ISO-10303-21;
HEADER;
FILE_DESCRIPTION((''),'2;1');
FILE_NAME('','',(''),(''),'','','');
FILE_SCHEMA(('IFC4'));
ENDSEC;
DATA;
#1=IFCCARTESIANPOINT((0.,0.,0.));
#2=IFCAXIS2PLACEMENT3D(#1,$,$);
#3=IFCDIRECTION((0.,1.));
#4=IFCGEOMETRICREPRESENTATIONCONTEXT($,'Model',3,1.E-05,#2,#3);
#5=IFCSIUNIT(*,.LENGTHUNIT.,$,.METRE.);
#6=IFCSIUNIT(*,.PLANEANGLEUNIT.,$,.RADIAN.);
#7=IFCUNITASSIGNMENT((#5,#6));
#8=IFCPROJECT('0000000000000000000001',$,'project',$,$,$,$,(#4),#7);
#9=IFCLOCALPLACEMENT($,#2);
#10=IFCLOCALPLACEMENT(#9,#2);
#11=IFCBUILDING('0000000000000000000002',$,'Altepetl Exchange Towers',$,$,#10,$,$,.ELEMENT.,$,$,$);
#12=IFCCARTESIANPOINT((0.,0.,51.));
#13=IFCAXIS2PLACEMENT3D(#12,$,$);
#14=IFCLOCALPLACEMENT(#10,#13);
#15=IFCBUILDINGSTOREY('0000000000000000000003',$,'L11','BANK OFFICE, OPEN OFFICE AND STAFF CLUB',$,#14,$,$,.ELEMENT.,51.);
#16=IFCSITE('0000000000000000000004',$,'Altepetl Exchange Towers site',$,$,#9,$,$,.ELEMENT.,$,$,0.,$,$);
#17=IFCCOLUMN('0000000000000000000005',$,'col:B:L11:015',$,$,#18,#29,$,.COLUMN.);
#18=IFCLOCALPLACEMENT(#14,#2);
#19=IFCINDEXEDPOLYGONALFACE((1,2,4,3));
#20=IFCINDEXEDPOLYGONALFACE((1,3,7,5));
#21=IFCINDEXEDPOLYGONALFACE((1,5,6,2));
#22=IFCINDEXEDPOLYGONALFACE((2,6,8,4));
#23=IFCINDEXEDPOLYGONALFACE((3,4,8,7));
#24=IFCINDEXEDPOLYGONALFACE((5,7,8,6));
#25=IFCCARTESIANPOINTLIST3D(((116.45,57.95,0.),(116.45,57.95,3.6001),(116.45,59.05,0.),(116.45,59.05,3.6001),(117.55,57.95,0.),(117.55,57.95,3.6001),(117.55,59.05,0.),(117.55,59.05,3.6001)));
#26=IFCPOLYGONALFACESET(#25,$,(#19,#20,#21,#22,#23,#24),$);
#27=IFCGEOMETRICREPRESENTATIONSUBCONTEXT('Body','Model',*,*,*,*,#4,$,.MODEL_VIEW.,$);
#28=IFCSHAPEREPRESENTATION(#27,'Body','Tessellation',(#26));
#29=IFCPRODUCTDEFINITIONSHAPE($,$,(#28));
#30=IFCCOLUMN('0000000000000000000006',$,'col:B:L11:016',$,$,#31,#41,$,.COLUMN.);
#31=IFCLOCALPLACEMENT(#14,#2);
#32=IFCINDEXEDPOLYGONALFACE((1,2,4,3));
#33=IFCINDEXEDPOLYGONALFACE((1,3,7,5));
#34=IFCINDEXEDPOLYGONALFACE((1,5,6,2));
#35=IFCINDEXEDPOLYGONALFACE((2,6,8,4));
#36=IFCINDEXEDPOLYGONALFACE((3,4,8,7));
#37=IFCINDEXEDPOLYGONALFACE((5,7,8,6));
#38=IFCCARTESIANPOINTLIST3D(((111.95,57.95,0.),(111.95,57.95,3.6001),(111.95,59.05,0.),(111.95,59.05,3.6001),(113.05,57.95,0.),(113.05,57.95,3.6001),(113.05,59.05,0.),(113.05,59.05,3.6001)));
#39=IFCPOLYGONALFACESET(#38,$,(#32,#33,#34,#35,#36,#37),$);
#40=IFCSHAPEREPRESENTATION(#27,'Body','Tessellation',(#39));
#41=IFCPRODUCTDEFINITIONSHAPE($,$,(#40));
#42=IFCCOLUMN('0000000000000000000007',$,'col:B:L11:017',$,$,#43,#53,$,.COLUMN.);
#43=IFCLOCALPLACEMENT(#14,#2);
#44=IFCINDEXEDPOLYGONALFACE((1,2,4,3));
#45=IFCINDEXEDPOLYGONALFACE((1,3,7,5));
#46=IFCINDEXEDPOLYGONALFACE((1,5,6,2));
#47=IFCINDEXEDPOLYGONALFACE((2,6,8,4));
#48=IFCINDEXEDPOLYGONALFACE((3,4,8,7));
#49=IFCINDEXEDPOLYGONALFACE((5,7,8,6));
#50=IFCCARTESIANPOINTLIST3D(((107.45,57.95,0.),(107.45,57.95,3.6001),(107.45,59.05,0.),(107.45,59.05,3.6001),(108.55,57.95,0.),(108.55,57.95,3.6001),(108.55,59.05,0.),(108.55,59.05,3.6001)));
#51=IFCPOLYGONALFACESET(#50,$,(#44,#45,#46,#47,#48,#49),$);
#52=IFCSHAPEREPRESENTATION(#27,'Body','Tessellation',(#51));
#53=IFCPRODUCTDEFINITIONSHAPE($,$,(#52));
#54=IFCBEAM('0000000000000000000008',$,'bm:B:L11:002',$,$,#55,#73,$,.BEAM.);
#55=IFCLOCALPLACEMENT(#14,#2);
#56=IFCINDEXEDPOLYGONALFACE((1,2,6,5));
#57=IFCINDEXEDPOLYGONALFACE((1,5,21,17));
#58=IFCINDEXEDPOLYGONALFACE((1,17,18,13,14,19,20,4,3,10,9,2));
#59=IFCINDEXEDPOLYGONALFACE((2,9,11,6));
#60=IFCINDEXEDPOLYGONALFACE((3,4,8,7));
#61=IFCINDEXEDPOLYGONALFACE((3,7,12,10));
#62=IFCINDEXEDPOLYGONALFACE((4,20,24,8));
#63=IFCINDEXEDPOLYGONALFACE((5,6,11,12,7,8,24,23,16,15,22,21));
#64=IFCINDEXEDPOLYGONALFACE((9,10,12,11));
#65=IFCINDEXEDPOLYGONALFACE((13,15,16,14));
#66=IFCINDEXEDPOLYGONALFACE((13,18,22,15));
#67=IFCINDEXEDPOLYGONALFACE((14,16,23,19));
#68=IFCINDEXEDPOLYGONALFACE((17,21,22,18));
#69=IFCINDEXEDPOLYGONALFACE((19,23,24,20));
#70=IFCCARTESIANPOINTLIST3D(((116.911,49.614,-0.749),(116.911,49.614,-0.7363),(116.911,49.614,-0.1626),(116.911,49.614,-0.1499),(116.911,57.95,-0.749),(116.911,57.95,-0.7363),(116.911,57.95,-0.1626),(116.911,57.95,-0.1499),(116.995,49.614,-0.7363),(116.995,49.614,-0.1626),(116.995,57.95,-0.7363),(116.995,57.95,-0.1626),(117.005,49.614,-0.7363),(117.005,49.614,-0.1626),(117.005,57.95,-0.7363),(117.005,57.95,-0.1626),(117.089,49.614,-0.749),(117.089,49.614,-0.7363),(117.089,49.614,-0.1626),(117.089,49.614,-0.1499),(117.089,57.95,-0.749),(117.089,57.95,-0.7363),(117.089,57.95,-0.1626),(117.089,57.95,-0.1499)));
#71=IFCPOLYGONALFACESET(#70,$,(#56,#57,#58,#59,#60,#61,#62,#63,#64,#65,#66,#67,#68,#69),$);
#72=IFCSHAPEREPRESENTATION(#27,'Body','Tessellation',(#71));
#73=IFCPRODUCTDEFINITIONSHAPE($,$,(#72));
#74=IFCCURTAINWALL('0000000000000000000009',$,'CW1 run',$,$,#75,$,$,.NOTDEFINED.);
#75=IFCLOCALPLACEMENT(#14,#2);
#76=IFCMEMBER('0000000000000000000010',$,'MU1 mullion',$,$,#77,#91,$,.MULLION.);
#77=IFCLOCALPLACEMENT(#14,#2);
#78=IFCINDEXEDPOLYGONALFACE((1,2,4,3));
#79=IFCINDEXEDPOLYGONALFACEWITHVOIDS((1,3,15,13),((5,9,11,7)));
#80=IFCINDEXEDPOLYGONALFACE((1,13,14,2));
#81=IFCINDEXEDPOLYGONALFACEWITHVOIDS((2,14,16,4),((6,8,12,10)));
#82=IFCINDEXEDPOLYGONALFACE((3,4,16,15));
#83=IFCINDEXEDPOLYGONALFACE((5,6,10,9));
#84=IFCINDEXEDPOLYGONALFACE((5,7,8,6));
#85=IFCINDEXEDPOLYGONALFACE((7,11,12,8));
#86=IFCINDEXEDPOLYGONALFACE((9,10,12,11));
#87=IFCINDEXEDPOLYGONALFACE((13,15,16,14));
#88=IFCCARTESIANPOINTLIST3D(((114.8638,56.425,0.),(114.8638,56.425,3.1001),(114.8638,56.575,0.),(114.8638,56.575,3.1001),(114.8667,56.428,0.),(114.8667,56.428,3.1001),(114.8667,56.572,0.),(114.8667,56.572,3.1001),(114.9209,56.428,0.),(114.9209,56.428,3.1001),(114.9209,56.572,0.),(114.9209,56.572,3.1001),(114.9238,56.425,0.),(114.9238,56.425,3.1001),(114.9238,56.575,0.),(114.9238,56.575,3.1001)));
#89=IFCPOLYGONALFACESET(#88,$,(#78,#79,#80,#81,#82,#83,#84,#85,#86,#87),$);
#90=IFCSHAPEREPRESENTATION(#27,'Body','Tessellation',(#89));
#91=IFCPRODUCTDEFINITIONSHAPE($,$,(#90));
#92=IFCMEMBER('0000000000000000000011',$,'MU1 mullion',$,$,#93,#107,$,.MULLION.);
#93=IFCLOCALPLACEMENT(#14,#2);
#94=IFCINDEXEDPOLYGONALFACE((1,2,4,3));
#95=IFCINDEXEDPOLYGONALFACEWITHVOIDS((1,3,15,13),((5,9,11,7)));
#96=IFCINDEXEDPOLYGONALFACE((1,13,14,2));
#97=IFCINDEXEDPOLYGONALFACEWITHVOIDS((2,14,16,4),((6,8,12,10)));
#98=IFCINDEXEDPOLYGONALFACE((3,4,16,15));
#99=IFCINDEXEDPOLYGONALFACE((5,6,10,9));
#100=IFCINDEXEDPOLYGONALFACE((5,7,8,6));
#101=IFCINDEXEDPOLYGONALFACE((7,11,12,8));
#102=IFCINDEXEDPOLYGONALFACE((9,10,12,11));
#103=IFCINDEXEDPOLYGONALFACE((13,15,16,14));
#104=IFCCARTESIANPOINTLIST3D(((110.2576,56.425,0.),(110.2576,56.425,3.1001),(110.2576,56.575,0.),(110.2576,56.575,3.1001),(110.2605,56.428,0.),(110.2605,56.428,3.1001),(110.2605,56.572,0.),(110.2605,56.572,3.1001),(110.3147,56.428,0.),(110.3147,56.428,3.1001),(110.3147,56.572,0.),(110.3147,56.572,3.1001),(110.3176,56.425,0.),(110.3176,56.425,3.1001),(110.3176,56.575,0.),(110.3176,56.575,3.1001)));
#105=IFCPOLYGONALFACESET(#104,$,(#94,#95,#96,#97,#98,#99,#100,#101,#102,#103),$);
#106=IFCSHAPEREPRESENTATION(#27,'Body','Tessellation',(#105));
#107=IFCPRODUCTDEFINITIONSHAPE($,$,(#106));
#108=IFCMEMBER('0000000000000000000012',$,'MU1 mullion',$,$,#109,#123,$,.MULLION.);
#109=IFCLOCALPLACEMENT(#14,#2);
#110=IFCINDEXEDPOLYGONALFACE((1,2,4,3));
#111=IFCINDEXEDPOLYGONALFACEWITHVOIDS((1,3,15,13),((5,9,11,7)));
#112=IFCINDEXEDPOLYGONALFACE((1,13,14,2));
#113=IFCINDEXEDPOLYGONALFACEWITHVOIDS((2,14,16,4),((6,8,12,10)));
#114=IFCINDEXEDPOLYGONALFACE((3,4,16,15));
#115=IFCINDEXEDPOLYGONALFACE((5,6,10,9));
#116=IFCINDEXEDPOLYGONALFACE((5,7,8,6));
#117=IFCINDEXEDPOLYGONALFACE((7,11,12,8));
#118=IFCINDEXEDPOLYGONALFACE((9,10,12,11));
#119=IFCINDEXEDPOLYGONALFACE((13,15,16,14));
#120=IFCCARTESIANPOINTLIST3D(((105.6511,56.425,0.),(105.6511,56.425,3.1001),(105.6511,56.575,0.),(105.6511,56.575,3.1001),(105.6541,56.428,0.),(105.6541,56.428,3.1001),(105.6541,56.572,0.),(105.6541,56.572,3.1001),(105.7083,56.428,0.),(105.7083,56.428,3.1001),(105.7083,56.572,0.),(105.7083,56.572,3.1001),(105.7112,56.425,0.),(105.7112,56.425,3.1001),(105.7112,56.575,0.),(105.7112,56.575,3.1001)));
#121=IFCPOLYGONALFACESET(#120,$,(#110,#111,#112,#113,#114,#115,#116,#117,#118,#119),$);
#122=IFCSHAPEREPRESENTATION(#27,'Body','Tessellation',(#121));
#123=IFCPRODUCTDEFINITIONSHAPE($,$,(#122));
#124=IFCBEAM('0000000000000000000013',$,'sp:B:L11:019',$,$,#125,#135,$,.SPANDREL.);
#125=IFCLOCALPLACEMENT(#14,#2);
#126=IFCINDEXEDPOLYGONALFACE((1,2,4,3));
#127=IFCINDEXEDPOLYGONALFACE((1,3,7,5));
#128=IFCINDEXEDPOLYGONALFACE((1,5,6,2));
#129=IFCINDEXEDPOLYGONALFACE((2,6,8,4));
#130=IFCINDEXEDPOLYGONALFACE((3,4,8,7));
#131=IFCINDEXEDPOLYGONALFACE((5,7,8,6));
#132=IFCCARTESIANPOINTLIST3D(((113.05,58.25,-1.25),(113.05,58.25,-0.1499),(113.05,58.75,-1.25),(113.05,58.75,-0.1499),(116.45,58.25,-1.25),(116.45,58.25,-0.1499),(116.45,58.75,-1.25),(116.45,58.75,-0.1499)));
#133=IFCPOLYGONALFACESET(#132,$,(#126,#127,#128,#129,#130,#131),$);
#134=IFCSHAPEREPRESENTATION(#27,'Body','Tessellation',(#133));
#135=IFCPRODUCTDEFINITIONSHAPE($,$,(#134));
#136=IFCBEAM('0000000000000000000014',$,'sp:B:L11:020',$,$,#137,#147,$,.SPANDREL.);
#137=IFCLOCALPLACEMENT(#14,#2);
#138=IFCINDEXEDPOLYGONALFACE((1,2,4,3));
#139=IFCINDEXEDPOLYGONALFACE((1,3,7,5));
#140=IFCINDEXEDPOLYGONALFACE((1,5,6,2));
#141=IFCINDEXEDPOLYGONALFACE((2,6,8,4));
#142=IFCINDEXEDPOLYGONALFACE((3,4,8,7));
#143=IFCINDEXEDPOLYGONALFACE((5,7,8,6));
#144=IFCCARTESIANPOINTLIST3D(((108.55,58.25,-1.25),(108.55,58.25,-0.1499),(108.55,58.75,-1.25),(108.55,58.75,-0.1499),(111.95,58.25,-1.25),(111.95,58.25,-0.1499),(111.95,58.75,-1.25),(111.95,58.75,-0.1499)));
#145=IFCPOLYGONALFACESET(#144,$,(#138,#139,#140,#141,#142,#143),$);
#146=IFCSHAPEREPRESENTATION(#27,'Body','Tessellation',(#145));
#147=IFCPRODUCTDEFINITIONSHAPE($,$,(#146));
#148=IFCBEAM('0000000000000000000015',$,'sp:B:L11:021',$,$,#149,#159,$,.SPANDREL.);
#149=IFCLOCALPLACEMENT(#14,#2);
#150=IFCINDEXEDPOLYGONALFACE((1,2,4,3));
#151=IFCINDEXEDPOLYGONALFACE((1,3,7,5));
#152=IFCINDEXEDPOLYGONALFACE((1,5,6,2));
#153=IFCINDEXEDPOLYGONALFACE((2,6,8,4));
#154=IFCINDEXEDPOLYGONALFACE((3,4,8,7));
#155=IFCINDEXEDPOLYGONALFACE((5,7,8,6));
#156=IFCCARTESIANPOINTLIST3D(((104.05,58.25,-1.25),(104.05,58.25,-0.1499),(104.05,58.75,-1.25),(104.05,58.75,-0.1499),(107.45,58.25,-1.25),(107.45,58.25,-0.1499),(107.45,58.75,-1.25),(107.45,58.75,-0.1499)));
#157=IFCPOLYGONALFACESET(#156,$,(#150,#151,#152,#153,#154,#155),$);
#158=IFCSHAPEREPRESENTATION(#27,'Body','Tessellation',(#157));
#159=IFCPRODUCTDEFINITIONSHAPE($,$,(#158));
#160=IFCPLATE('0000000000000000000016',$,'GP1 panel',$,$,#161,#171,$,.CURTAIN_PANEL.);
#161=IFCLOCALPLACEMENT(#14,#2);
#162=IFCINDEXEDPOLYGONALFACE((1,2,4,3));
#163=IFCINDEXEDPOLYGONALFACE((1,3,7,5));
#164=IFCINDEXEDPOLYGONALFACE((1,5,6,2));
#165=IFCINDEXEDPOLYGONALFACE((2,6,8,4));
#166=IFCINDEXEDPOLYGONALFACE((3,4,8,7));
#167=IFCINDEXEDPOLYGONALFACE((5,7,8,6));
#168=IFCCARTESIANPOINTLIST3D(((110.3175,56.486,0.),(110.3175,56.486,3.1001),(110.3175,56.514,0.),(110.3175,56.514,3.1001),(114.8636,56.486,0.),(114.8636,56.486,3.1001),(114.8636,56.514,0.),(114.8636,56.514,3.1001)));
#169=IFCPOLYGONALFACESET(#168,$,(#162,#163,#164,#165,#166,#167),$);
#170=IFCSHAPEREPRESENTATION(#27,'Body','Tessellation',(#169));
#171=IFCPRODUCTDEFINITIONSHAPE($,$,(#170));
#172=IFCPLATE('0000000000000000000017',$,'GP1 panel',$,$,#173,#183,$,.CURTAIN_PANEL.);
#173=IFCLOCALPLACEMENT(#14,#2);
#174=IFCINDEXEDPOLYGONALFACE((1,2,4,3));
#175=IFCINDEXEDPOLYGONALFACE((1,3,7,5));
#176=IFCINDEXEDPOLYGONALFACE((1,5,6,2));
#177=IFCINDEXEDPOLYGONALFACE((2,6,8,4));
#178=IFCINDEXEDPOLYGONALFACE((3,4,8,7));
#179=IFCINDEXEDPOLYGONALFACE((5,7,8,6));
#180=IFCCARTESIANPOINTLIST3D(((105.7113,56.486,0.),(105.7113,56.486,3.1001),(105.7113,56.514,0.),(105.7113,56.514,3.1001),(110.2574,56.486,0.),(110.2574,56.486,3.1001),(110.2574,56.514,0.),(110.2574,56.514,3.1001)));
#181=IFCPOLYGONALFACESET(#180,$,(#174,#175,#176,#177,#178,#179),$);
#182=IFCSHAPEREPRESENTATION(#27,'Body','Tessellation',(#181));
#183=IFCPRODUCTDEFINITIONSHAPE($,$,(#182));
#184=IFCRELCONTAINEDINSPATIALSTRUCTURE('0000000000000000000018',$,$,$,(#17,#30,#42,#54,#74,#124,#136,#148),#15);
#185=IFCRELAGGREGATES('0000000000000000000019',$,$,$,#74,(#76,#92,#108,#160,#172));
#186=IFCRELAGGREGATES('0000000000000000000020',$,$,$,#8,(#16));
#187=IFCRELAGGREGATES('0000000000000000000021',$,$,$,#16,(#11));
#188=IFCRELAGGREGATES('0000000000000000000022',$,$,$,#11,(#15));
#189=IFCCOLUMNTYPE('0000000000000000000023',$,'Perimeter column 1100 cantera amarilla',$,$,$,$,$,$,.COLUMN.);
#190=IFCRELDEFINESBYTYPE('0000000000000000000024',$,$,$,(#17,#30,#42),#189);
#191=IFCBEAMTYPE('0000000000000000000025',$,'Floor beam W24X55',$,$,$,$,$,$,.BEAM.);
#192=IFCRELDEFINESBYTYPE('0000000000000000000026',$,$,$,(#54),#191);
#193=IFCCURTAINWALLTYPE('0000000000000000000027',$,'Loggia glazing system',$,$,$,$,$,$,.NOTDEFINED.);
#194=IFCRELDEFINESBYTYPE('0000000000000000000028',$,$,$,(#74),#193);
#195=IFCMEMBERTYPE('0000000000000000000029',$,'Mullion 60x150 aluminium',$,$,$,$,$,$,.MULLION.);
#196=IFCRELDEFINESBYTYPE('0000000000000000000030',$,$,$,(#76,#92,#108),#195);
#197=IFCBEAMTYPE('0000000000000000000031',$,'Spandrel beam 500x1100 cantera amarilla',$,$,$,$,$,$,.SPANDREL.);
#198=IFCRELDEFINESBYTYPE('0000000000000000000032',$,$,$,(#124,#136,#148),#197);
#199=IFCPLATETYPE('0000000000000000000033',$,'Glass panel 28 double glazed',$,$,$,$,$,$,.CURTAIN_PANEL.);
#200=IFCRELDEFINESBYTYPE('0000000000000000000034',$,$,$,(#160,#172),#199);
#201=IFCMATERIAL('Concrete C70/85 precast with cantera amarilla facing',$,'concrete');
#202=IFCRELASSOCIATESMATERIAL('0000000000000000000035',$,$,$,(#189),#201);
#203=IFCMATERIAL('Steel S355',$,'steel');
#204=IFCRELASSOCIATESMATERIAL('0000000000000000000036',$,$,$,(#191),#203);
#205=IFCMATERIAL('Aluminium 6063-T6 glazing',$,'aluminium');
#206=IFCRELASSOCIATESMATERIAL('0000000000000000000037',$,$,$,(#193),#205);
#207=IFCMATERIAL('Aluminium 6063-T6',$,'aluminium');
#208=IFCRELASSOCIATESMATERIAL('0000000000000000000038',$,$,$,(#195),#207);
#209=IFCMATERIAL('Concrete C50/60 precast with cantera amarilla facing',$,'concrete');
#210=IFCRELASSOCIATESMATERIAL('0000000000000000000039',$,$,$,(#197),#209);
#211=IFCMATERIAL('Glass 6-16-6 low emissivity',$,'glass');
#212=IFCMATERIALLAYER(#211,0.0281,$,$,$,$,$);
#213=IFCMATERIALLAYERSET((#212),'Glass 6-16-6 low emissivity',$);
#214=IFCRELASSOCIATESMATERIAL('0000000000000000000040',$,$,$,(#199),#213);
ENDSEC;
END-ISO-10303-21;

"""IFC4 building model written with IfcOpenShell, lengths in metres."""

from ifc_helpers import new_model, si_unit, direction, frame, origin, origin_2d, place, context, subcontext, project, spatial, rectangle, hollow_rectangle, i_section, extrude, material, layer, layer_set, material_profile, profile_set, type_object, element, aggregate, save


model = new_model("IFC4")

# Units and contexts
model_context = context("Model", 3, precision=1e-05, world=origin(), true_north=direction((0.0, 1.0)))
body_context = subcontext(model_context, "Body", "Model", "MODEL_VIEW")
ifc_project = project(units=[si_unit("LENGTHUNIT", "METRE"), si_unit("PLANEANGLEUNIT", "RADIAN")], contexts=[model_context])

# Site, building, storey
site_placement = place(None, origin())
site = spatial("IfcSite", under=ifc_project, at=site_placement, Name="Altepetl Exchange Towers site", CompositionType="ELEMENT", RefElevation=0.0)
building_placement = place(site_placement, origin())
building = spatial("IfcBuilding", under=site, at=building_placement, Name="Altepetl Exchange Towers", CompositionType="ELEMENT")
storey_placement = place(building_placement, frame((0.0, 0.0, 51.0)))
storey = spatial("IfcBuildingStorey", under=building, at=storey_placement, Name="L11", Description="BANK OFFICE, OPEN OFFICE AND STAFF CLUB", CompositionType="ELEMENT", Elevation=51.0)

# Columns
ifc_material_1 = material(Name="Concrete C70/85 precast with cantera amarilla facing", Category="concrete")
ifc_material_profile_1 = material_profile(ifc_material_1, rectangle(XDim=1.1001, YDim=1.1001, at=origin_2d()), Name="1100 x 1100")
ifc_profile_set_1 = profile_set([ifc_material_profile_1], Name="Concrete C70/85 precast with cantera amarilla facing")
column_type = type_object("IfcColumnType", Name="Perimeter column 1100 cantera amarilla", PredefinedType="COLUMN", material=ifc_profile_set_1)
for number, where, name in (
    (1, (117.0, 58.5, 0.0), "col:B:L11:015"),
    (2, (112.5, 58.5, 0.0), "col:B:L11:016"),
    (3, (108.0, 58.5, 0.0), "col:B:L11:017"),
):
    element("IfcColumn", number, at=place(storey_placement, frame(where)), inside=storey, type_object=column_type, Name=name, PredefinedType="COLUMN", context=body_context, shape_type="SweptSolid", body=[
        extrude(rectangle(XDim=1.1001, YDim=1.1001, at=origin_2d()), origin(), (0.0, 0.0, 1.0), 3.6001),
    ])

# Beam
ifc_material_2 = material(Name="Steel S355", Category="steel")
ifc_material_profile_2 = material_profile(ifc_material_2, i_section(OverallWidth=0.178, OverallDepth=0.5991, WebThickness=0.01, FlangeThickness=0.0127, at=origin_2d()), Name="W24X55")
ifc_profile_set_2 = profile_set([ifc_material_profile_2], Name="Steel S355")
beam_type_1 = type_object("IfcBeamType", Name="Floor beam W24X55", PredefinedType="BEAM", material=ifc_profile_set_2)
beam_placement = place(storey_placement, frame((117.0, 49.614, -0.4495), z_axis=(0.0, 1.0, 0.0), x_axis=(-1.0, 0.0, 0.0)))
element("IfcBeam", 4, at=beam_placement, inside=storey, type_object=beam_type_1, Name="bm:B:L11:002", PredefinedType="BEAM", context=body_context, shape_type="SweptSolid", body=[
    extrude(i_section(OverallWidth=0.178, OverallDepth=0.5991, WebThickness=0.01, FlangeThickness=0.0127, at=origin_2d()), origin(), (0.0, 0.0, 1.0), 8.3359),
])

# Curtain wall, members
ifc_material_3 = material(Name="Aluminium 6063-T6 glazing", Category="aluminium")
curtain_wall_type = type_object("IfcCurtainWallType", Name="Loggia glazing system", PredefinedType="NOTDEFINED", material=ifc_material_3)
curtain_wall_placement = place(storey_placement, origin())
curtain_wall = element("IfcCurtainWall", 5, at=curtain_wall_placement, inside=storey, type_object=curtain_wall_type, Name="CW1 run", PredefinedType="NOTDEFINED")
ifc_material_4 = material(Name="Aluminium 6063-T6", Category="aluminium")
ifc_material_profile_3 = material_profile(ifc_material_4, hollow_rectangle(XDim=0.0601, YDim=0.1499, WallThickness=0.0029, at=origin_2d()), Name="Mullion 60x150 aluminium")
ifc_profile_set_3 = profile_set([ifc_material_profile_3], Name="Aluminium 6063-T6")
member_type = type_object("IfcMemberType", Name="Mullion 60x150 aluminium", PredefinedType="MULLION", material=ifc_profile_set_3)
member_1_placement = place(storey_placement, frame((114.8938, 56.5, 0.0), z_axis=(0.0, 0.0, 1.0), x_axis=(-1.0, 0.0, 0.0)))
member_1 = element("IfcMember", 6, at=member_1_placement, type_object=member_type, Name="MU1 mullion", PredefinedType="MULLION", context=body_context, shape_type="SweptSolid", body=[
    extrude(hollow_rectangle(XDim=0.0601, YDim=0.1499, WallThickness=0.0029, at=origin_2d()), origin(), (0.0, 0.0, 1.0), 3.1001),
])
member_2_placement = place(storey_placement, frame((110.2876, 56.5, 0.0), z_axis=(0.0, 0.0, 1.0), x_axis=(-1.0, 0.0, 0.0)))
member_2 = element("IfcMember", 7, at=member_2_placement, type_object=member_type, Name="MU1 mullion", PredefinedType="MULLION", context=body_context, shape_type="SweptSolid", body=[
    extrude(hollow_rectangle(XDim=0.0601, YDim=0.1499, WallThickness=0.0029, at=origin_2d()), origin(), (0.0, 0.0, 1.0), 3.1001),
])
member_3_placement = place(storey_placement, frame((105.6812, 56.5, 0.0), z_axis=(0.0, 0.0, 1.0), x_axis=(-1.0, 0.0, 0.0)))
member_3 = element("IfcMember", 8, at=member_3_placement, type_object=member_type, Name="MU1 mullion", PredefinedType="MULLION", context=body_context, shape_type="SweptSolid", body=[
    extrude(hollow_rectangle(XDim=0.0601, YDim=0.1499, WallThickness=0.0029, at=origin_2d()), origin(), (0.0, 0.0, 1.0), 3.1001),
])

# Beams
ifc_material_5 = material(Name="Concrete C50/60 precast with cantera amarilla facing", Category="concrete")
ifc_material_profile_4 = material_profile(ifc_material_5, rectangle(XDim=0.5, YDim=1.1001, at=origin_2d()), Name="500 x 1100")
ifc_profile_set_4 = profile_set([ifc_material_profile_4], Name="Concrete C50/60 precast with cantera amarilla facing")
beam_type_2 = type_object("IfcBeamType", Name="Spandrel beam 500x1100 cantera amarilla", PredefinedType="SPANDREL", material=ifc_profile_set_4)
for number, where, z_axis, x_axis, name in (
    (9, (116.45, 58.5, -0.7), (-1.0, 0.0, 0.0), (0.0, -1.0, 0.0), "sp:B:L11:019"),
    (10, (111.95, 58.5, -0.7), (-1.0, 0.0, 0.0), (0.0, -1.0, 0.0), "sp:B:L11:020"),
    (11, (107.45, 58.5, -0.7), (-1.0, 0.0, 0.0), (0.0, -1.0, 0.0), "sp:B:L11:021"),
):
    element("IfcBeam", number, at=place(storey_placement, frame(where, z_axis=z_axis, x_axis=x_axis)), inside=storey, type_object=beam_type_2, Name=name, PredefinedType="SPANDREL", context=body_context, shape_type="SweptSolid", body=[
        extrude(rectangle(XDim=0.5, YDim=1.1001, at=origin_2d()), origin(), (0.0, 0.0, 1.0), 3.3999),
    ])

# Plates
ifc_material_6 = material(Name="Glass 6-16-6 low emissivity", Category="glass")
ifc_layer_1 = layer(ifc_material_6, 0.0281)
ifc_layer_set_1 = layer_set([ifc_layer_1], Name="Glass 6-16-6 low emissivity")
plate_type = type_object("IfcPlateType", Name="Glass panel 28 double glazed", PredefinedType="CURTAIN_PANEL", material=ifc_layer_set_1)
plate_1_placement = place(storey_placement, frame((112.5906, 56.5, 0.0), z_axis=(0.0, 0.0, 1.0), x_axis=(-1.0, 0.0, 0.0)))
plate_1 = element("IfcPlate", 12, at=plate_1_placement, type_object=plate_type, Name="GP1 panel", PredefinedType="CURTAIN_PANEL", context=body_context, shape_type="SweptSolid", body=[
    extrude(rectangle(XDim=4.5461, YDim=0.0281, at=origin_2d()), origin(), (0.0, 0.0, 1.0), 3.1001),
])
plate_2_placement = place(storey_placement, frame((107.9844, 56.5, 0.0), z_axis=(0.0, 0.0, 1.0), x_axis=(-1.0, 0.0, 0.0)))
plate_2 = element("IfcPlate", 13, at=plate_2_placement, type_object=plate_type, Name="GP1 panel", PredefinedType="CURTAIN_PANEL", context=body_context, shape_type="SweptSolid", body=[
    extrude(rectangle(XDim=4.5461, YDim=0.0281, at=origin_2d()), origin(), (0.0, 0.0, 1.0), 3.1001),
])
aggregate(curtain_wall, [member_1, member_2, member_3, plate_1, plate_2])

save(model, "model.ifc")
